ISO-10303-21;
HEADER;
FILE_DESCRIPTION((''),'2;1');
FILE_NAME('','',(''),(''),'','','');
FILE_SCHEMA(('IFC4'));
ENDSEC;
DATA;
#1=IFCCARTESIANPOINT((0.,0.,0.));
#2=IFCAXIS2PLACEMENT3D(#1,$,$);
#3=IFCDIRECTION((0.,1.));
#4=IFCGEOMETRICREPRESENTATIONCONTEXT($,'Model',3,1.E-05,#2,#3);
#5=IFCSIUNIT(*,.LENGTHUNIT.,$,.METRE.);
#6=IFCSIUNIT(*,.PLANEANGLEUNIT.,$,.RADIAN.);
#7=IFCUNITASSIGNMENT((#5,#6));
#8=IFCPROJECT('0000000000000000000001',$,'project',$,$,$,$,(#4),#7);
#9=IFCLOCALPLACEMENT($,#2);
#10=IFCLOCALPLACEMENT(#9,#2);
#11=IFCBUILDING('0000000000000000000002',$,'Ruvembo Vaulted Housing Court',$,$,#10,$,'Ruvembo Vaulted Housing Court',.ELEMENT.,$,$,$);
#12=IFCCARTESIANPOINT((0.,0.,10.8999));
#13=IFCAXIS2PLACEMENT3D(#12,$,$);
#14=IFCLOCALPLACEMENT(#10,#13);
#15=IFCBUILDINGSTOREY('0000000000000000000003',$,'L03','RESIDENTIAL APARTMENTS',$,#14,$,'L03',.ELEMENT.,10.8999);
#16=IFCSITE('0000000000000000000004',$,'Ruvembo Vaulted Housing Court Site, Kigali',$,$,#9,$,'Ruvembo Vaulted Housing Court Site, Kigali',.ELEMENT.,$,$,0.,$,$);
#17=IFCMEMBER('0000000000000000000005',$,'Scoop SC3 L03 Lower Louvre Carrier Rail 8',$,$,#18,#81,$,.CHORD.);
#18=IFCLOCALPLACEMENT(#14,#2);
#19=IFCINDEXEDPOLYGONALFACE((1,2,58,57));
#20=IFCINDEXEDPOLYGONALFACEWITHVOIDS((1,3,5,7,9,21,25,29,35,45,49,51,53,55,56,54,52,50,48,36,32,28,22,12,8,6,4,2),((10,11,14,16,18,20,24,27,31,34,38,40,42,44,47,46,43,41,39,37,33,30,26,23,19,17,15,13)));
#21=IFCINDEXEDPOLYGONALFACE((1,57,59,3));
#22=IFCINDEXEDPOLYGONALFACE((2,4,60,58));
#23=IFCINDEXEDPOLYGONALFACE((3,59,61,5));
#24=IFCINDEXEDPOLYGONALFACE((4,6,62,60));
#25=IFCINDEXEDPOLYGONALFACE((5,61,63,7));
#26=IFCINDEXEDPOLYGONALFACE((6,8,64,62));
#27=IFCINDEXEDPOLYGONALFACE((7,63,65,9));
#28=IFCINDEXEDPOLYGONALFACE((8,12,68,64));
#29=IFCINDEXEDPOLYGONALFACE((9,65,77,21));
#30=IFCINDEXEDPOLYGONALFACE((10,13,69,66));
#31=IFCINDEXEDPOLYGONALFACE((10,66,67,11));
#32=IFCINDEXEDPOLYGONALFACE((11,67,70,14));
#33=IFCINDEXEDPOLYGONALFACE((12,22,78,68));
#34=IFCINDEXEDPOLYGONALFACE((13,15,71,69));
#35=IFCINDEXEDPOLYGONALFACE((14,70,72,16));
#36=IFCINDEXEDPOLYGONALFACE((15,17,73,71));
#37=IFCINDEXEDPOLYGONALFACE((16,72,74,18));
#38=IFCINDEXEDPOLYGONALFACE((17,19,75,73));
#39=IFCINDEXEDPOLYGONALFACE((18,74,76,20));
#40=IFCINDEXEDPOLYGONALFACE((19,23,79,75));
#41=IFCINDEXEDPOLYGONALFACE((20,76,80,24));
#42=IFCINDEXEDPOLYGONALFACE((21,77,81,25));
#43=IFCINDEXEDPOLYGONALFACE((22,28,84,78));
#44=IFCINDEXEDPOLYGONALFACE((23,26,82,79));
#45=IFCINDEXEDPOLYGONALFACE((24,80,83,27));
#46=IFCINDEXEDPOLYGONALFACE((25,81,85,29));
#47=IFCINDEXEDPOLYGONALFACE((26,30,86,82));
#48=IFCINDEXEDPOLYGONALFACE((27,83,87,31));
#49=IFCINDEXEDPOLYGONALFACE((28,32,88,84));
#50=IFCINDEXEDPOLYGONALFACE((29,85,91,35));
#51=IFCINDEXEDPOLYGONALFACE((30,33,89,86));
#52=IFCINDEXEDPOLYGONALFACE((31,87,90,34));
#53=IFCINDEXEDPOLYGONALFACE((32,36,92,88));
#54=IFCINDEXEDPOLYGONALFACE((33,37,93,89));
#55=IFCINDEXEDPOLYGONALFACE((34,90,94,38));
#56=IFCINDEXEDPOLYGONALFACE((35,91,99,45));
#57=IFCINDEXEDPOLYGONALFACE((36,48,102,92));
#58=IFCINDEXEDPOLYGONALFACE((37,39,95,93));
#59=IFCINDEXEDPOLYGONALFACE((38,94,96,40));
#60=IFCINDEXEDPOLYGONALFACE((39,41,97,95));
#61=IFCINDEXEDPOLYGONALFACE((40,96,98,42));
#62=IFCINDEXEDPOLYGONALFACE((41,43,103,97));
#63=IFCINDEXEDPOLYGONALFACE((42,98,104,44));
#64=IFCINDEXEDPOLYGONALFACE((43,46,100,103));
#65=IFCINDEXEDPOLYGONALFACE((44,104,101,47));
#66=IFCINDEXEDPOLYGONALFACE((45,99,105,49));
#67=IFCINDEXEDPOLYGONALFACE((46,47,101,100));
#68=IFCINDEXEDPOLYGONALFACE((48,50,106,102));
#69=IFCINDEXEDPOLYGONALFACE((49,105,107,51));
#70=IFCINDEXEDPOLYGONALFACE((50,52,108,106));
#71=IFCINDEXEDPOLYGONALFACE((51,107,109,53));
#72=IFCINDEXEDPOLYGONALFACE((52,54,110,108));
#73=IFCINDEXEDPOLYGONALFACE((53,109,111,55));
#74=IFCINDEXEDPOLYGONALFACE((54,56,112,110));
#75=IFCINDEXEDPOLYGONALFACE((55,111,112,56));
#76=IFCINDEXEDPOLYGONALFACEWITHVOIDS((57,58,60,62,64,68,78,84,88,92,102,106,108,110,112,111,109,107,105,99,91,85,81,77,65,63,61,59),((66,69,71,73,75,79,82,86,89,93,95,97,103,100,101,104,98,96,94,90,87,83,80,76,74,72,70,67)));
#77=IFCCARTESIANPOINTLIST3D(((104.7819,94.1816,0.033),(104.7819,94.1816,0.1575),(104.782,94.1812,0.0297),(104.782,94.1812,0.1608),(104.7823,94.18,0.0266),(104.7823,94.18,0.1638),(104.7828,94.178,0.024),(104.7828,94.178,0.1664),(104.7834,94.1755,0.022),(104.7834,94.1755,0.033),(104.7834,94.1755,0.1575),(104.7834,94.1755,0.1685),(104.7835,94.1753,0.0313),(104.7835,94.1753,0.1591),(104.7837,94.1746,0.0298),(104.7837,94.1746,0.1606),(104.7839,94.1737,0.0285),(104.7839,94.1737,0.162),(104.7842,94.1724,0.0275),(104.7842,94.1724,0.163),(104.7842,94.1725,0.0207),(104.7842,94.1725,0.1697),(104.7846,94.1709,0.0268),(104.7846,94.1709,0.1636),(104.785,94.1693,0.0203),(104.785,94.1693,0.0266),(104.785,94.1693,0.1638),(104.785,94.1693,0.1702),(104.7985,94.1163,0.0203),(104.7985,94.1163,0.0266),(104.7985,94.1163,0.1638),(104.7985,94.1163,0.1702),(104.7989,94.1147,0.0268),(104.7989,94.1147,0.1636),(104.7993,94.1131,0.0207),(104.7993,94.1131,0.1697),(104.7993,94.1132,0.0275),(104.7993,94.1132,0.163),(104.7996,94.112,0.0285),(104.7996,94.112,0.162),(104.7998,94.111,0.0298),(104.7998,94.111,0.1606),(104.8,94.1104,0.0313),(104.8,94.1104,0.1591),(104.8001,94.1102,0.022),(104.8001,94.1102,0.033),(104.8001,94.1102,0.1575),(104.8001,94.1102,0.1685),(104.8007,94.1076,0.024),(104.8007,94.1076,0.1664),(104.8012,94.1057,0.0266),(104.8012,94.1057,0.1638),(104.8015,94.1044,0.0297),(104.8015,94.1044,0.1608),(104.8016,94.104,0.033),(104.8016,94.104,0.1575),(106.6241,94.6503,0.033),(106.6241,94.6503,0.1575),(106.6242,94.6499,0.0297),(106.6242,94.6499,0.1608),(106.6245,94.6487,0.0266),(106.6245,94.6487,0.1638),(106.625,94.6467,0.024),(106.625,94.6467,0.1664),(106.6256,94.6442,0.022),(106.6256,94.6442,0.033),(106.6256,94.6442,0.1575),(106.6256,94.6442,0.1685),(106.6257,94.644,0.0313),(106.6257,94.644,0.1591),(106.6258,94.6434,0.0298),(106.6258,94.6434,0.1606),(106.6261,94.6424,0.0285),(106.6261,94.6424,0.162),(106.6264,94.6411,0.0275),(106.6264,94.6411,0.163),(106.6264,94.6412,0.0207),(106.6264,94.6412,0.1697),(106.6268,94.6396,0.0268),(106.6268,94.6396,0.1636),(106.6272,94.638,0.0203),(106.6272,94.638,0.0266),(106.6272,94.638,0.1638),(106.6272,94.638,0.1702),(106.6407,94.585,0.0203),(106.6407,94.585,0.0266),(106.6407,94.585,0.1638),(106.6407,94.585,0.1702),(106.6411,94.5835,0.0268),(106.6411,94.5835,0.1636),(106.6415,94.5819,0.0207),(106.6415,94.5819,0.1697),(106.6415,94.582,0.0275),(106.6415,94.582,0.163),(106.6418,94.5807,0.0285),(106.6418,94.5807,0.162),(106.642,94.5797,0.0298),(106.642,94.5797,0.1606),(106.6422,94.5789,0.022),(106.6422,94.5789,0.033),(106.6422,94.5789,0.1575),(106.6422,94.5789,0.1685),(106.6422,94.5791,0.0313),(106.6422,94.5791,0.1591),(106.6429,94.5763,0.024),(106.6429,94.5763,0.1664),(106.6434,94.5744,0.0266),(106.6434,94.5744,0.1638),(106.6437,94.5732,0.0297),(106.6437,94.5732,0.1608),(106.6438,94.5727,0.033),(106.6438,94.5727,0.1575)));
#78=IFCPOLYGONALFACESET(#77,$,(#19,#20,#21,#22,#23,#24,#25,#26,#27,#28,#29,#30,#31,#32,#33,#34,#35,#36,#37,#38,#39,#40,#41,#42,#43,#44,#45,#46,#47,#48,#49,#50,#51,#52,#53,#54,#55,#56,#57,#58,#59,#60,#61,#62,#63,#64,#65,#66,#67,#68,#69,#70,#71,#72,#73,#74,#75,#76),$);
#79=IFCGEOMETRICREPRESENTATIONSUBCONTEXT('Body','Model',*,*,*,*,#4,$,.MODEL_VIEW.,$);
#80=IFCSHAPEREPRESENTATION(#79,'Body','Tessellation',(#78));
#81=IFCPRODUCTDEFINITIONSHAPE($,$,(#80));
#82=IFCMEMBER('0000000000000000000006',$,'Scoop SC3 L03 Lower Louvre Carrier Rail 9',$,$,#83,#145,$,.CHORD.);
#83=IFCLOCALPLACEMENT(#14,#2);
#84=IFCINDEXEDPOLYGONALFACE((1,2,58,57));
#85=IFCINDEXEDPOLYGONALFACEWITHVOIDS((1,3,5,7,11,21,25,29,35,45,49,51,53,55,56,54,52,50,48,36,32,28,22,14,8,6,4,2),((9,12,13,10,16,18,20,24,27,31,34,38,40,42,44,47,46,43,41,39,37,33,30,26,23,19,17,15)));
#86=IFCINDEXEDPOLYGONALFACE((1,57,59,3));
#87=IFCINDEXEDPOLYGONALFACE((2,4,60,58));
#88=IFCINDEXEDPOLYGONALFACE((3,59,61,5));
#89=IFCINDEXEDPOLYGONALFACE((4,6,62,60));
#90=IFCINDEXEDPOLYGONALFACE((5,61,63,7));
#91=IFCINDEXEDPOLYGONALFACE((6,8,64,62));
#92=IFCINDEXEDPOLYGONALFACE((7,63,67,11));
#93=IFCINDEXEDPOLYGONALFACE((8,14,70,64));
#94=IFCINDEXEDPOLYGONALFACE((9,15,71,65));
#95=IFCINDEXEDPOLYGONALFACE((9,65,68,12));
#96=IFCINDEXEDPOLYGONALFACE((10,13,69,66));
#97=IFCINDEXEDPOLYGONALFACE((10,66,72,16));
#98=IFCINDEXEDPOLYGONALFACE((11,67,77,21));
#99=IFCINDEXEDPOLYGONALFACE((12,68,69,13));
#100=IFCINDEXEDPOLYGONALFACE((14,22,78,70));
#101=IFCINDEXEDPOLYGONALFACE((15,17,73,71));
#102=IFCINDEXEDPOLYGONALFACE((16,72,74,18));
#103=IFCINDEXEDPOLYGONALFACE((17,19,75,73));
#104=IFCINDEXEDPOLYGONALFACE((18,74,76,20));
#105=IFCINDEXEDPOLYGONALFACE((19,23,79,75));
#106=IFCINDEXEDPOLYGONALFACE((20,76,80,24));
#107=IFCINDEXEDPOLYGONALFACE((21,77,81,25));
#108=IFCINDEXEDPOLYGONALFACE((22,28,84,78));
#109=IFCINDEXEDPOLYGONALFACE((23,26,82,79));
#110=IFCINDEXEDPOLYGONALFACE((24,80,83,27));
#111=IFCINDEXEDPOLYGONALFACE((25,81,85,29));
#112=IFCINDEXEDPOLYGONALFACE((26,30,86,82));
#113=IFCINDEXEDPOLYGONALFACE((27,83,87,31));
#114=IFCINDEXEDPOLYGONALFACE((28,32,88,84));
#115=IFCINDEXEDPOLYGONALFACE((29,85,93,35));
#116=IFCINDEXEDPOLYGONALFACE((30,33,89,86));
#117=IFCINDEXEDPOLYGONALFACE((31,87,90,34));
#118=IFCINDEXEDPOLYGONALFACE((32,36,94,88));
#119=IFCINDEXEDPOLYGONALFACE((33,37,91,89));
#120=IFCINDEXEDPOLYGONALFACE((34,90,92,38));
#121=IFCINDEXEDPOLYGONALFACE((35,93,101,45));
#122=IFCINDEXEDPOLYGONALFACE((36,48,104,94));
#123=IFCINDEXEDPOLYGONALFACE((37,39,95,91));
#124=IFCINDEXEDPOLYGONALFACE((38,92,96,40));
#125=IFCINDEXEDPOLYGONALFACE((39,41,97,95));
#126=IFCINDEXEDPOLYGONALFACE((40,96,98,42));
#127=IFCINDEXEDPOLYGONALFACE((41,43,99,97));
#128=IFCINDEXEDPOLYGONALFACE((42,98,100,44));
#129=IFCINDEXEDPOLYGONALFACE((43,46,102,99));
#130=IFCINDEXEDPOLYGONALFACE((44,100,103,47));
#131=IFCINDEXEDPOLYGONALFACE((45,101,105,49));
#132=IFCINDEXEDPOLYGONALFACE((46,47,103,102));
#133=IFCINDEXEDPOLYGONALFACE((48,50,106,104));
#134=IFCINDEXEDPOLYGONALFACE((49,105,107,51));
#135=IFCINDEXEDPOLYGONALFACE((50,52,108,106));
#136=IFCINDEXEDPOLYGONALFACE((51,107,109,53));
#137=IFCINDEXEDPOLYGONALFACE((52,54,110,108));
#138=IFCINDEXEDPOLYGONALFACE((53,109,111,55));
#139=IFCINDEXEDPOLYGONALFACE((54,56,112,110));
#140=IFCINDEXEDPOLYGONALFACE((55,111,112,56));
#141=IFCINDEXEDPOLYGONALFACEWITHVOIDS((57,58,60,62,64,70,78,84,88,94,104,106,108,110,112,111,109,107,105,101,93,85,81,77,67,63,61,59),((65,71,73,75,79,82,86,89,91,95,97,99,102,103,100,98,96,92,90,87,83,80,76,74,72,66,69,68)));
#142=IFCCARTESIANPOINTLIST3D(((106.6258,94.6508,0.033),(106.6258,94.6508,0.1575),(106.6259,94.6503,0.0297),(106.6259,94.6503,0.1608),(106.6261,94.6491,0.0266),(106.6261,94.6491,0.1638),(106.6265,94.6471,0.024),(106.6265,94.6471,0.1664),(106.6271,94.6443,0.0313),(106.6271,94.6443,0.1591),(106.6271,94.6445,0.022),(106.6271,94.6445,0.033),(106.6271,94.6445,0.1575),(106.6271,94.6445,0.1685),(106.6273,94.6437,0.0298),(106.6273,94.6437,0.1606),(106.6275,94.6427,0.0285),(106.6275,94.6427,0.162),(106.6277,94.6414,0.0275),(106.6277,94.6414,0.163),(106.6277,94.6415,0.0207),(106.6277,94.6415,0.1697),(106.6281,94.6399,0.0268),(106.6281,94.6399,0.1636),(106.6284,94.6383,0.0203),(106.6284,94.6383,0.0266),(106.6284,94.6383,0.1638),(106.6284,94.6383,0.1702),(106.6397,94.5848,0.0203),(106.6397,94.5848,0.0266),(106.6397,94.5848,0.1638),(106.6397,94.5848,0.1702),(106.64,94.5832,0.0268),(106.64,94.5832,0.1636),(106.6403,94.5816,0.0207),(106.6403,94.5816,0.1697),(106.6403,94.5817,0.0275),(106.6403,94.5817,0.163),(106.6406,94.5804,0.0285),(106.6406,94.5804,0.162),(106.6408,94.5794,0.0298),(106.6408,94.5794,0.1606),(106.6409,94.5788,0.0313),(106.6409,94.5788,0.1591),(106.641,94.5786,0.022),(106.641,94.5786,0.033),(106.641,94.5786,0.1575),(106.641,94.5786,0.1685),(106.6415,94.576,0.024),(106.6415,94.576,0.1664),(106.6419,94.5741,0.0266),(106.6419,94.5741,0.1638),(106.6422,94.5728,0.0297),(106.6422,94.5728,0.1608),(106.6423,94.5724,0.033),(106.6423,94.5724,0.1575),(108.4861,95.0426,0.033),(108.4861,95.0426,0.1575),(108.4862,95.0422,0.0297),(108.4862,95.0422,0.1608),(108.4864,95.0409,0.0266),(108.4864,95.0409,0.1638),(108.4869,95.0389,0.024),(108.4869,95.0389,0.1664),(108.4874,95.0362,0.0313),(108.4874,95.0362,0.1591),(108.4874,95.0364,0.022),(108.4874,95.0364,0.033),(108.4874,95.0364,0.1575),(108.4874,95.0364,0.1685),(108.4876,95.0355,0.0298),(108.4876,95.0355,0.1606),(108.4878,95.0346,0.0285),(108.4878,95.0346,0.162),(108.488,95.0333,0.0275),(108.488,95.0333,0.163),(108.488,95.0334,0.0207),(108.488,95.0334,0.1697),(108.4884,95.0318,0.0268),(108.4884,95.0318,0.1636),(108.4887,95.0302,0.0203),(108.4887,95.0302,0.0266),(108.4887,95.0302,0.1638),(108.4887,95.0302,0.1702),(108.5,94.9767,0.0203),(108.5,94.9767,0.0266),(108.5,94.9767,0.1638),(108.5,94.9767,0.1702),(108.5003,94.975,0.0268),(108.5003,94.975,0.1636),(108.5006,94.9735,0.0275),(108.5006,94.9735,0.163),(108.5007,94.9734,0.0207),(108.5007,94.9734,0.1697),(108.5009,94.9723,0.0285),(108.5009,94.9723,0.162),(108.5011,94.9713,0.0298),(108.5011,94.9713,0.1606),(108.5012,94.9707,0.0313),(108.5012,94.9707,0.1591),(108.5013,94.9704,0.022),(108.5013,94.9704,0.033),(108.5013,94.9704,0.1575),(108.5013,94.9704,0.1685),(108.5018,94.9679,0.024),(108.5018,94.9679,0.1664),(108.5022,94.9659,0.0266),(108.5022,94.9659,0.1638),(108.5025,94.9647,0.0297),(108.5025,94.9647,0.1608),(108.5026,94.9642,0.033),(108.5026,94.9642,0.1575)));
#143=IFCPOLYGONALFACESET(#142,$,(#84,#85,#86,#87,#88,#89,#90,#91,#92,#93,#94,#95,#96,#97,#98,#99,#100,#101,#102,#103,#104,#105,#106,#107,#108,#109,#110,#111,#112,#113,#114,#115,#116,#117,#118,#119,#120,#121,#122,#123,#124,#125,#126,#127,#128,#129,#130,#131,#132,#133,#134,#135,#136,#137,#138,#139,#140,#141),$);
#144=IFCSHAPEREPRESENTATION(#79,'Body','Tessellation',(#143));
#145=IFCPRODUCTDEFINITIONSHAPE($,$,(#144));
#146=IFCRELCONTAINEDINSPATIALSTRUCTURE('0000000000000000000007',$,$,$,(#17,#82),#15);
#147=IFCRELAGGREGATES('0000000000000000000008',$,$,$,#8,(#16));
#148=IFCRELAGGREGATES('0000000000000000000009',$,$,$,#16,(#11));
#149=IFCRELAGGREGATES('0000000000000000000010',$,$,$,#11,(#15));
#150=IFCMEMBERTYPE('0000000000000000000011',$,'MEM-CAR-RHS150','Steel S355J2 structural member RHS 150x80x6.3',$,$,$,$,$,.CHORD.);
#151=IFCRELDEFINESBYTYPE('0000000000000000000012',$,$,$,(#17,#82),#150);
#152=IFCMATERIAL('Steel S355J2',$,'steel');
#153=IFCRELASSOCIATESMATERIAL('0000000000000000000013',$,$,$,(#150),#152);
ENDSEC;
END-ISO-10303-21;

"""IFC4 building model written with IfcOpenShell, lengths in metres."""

from ifc_helpers import new_model, si_unit, direction, frame, origin, origin_2d, place, context, subcontext, project, spatial, hollow_rectangle, extrude, material, material_profile, profile_set, type_object, element, save


model = new_model("IFC4")

# Units and contexts
model_context = context("Model", 3, precision=1e-05, world=origin(), true_north=direction((0.0, 1.0)))
body_context = subcontext(model_context, "Body", "Model", "MODEL_VIEW")
ifc_project = project(units=[si_unit("LENGTHUNIT", "METRE"), si_unit("PLANEANGLEUNIT", "RADIAN")], contexts=[model_context])

# Site, building, storey
site_placement = place(None, origin())
site = spatial("IfcSite", under=ifc_project, at=site_placement, Name="Ruvembo Vaulted Housing Court Site, Kigali", LongName="Ruvembo Vaulted Housing Court Site, Kigali", CompositionType="ELEMENT", RefElevation=0.0)
building_placement = place(site_placement, origin())
building = spatial("IfcBuilding", under=site, at=building_placement, Name="Ruvembo Vaulted Housing Court", LongName="Ruvembo Vaulted Housing Court", CompositionType="ELEMENT")
storey_placement = place(building_placement, frame((0.0, 0.0, 10.8999)))
storey = spatial("IfcBuildingStorey", under=building, at=storey_placement, Name="L03", Description="RESIDENTIAL APARTMENTS", LongName="L03", CompositionType="ELEMENT", Elevation=10.8999)

# Shared definitions
ifc_material_1 = material(Name="Steel S355J2", Category="steel")

# Members
ifc_material_profile_1 = material_profile(ifc_material_1, hollow_rectangle(XDim=0.0801, YDim=0.1499, WallThickness=0.0063, InnerFilletRadius=0.0063, OuterFilletRadius=0.0127, at=origin_2d()), Name="RHS 150x80x6.3")
ifc_profile_set_1 = profile_set([ifc_material_profile_1], Name="Steel S355J2")
member_type_1 = type_object("IfcMemberType", Name="MEM-CAR-RHS150", Description="Steel S355J2 structural member RHS 150x80x6.3", PredefinedType="CHORD", material=ifc_profile_set_1)
member_1_placement = place(storey_placement, frame((104.7917, 94.1428, 0.0952), z_axis=(0.969122, 0.246583, 0.0), x_axis=(-0.246583, 0.969122, 0.0)))
element("IfcMember", 1, at=member_1_placement, inside=storey, type_object=member_type_1, Name="Scoop SC3 L03 Lower Louvre Carrier Rail 8", PredefinedType="CHORD", context=body_context, shape_type="SweptSolid", body=[
    extrude(hollow_rectangle(XDim=0.0801, YDim=0.1499, WallThickness=0.0063, InnerFilletRadius=0.0063, OuterFilletRadius=0.0127, at=origin_2d()), origin(), (0.0, 0.0, 1.0), 1.9009),
])
member_2_placement = place(storey_placement, frame((106.634, 94.6116, 0.0952), z_axis=(0.978529, 0.206108, 0.0), x_axis=(-0.206108, 0.978529, 0.0)))
element("IfcMember", 2, at=member_2_placement, inside=storey, type_object=member_type_1, Name="Scoop SC3 L03 Lower Louvre Carrier Rail 9", PredefinedType="CHORD", context=body_context, shape_type="SweptSolid", body=[
    extrude(hollow_rectangle(XDim=0.0801, YDim=0.1499, WallThickness=0.0063, InnerFilletRadius=0.0063, OuterFilletRadius=0.0127, at=origin_2d()), origin(), (0.0, 0.0, 1.0), 1.9011),
])

save(model, "model.ifc")
